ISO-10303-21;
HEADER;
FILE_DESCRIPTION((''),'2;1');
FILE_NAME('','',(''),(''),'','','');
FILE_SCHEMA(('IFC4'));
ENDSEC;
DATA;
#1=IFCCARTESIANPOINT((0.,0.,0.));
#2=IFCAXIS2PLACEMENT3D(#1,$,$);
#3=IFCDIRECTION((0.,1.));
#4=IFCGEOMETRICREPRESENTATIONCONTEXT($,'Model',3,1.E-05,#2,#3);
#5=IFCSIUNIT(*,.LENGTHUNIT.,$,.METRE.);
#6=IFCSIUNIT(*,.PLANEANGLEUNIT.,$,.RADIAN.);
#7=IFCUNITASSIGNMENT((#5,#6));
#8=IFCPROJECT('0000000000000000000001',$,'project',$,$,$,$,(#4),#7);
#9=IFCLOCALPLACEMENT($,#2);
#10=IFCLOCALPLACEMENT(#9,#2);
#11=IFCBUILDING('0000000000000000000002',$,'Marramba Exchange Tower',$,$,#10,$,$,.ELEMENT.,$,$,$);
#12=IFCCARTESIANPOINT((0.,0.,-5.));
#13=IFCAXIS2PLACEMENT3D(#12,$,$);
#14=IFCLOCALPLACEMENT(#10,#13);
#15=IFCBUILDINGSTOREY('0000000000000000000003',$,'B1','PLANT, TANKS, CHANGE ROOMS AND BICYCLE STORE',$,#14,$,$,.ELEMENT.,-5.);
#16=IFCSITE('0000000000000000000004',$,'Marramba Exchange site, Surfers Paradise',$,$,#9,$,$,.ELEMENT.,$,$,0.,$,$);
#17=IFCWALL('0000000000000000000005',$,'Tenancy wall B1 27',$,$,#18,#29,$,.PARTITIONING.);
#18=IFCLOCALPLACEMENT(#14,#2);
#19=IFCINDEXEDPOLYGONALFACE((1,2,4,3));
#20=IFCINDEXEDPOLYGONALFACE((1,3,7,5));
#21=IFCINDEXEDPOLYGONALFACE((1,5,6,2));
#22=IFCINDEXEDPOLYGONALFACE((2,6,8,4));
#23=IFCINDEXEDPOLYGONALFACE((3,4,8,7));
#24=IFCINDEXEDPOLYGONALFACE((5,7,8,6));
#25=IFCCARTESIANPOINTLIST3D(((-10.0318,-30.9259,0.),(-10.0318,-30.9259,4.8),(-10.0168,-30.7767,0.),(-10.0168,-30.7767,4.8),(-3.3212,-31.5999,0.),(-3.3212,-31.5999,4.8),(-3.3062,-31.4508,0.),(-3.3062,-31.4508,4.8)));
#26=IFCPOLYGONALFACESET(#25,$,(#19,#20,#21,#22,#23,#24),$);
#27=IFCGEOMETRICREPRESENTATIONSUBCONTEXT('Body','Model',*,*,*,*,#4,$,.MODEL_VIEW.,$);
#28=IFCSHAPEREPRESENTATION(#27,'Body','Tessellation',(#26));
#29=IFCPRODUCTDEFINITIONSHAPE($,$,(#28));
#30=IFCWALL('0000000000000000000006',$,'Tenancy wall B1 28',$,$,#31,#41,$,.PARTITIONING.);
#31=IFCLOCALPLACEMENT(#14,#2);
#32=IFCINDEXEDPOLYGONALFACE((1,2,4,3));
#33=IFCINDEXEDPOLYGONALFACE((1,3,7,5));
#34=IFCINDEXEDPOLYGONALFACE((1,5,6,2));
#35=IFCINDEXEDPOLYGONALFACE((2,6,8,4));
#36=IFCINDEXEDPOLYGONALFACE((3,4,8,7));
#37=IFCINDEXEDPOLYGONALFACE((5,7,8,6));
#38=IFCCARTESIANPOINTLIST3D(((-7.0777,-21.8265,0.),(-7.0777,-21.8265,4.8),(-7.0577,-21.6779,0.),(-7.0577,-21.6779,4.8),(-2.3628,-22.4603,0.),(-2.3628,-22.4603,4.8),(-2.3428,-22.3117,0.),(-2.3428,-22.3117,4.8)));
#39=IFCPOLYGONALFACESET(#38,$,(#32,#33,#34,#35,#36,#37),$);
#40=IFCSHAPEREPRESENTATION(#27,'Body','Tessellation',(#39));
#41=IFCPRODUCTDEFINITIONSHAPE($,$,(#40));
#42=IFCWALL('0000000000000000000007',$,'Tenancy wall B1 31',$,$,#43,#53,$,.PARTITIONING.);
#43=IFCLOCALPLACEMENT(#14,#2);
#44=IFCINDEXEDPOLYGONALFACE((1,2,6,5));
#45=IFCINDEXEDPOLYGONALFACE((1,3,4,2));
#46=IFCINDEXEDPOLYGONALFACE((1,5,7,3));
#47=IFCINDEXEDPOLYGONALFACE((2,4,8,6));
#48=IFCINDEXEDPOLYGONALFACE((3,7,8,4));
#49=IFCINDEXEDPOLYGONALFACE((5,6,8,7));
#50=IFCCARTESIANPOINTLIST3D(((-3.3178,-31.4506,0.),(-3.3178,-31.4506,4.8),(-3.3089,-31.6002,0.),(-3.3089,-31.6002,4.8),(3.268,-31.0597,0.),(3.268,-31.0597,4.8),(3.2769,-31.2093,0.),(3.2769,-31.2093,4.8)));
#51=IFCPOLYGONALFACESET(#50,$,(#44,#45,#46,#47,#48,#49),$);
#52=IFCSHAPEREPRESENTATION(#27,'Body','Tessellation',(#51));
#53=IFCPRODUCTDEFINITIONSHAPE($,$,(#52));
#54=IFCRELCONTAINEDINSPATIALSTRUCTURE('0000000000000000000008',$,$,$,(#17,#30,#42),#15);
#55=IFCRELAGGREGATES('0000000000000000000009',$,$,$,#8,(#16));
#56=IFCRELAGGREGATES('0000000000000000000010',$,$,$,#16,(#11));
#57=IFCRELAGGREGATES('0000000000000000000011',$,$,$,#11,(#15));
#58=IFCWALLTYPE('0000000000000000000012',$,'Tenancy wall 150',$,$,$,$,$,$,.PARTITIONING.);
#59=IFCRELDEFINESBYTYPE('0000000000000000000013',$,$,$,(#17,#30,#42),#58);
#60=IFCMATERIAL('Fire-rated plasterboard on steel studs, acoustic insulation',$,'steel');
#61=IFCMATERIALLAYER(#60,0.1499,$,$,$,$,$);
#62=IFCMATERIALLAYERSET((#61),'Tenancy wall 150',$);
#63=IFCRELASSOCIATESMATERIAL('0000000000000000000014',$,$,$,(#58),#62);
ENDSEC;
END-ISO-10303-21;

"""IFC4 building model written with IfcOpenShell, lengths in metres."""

from ifc_helpers import new_model, si_unit, direction, frame, frame_2d, origin, place, context, subcontext, project, spatial, rectangle, extrude, material, layer, layer_set, type_object, element, save


model = new_model("IFC4")

# Units and contexts
model_context = context("Model", 3, precision=1e-05, world=origin(), true_north=direction((0.0, 1.0)))
body_context = subcontext(model_context, "Body", "Model", "MODEL_VIEW")
ifc_project = project(units=[si_unit("LENGTHUNIT", "METRE"), si_unit("PLANEANGLEUNIT", "RADIAN")], contexts=[model_context])

# Site, building, storey
site_placement = place(None, origin())
site = spatial("IfcSite", under=ifc_project, at=site_placement, Name="Marramba Exchange site, Surfers Paradise", CompositionType="ELEMENT", RefElevation=0.0)
building_placement = place(site_placement, origin())
building = spatial("IfcBuilding", under=site, at=building_placement, Name="Marramba Exchange Tower", CompositionType="ELEMENT")
storey_placement = place(building_placement, frame((0.0, 0.0, -5.0)))
storey = spatial("IfcBuildingStorey", under=building, at=storey_placement, Name="B1", Description="PLANT, TANKS, CHANGE ROOMS AND BICYCLE STORE", CompositionType="ELEMENT", Elevation=-5.0)

# Walls
ifc_material_1 = material(Name="Fire-rated plasterboard on steel studs, acoustic insulation", Category="steel")
ifc_layer_1 = layer(ifc_material_1, 0.1499)
ifc_layer_set_1 = layer_set([ifc_layer_1], Name="Tenancy wall 150")
wall_type_1 = type_object("IfcWallType", Name="Tenancy wall 150", PredefinedType="PARTITIONING", material=ifc_layer_set_1)
wall_1_placement = place(storey_placement, frame((-10.0242, -30.8513, 0.0), z_axis=(0.0, 0.0, 1.0), x_axis=(0.994993, -0.099945, 0.0)))
element("IfcWall", 1, at=wall_1_placement, inside=storey, type_object=wall_type_1, Name="Tenancy wall B1 27", PredefinedType="PARTITIONING", context=body_context, shape_type="SweptSolid", body=[
    extrude(rectangle(XDim=6.7444, YDim=0.1499, at=frame_2d((3.3721, 0.0))), origin(), (0.0, 0.0, 1.0), 4.8),
])
wall_2_placement = place(storey_placement, frame((-2.3528, -22.386, 0.0), z_axis=(0.0, 0.0, 1.0), x_axis=(-0.991086, 0.133226, 0.0)))
element("IfcWall", 2, at=wall_2_placement, inside=storey, type_object=wall_type_1, Name="Tenancy wall B1 28", PredefinedType="PARTITIONING", context=body_context, shape_type="SweptSolid", body=[
    extrude(rectangle(XDim=4.7573, YDim=0.1499, at=frame_2d((2.3787, 0.0))), origin(), (0.0, 0.0, 1.0), 4.8),
])
wall_3_placement = place(storey_placement, frame((-3.3135, -31.5254, 0.0), z_axis=(0.0, 0.0, 1.0), x_axis=(0.998243, 0.059245, 0.0)))
element("IfcWall", 3, at=wall_3_placement, inside=storey, type_object=wall_type_1, Name="Tenancy wall B1 31", PredefinedType="PARTITIONING", context=body_context, shape_type="SweptSolid", body=[
    extrude(rectangle(XDim=6.5974, YDim=0.1499, at=frame_2d((3.2988, 0.0))), origin(), (0.0, 0.0, 1.0), 4.8),
])

save(model, "model.ifc")
